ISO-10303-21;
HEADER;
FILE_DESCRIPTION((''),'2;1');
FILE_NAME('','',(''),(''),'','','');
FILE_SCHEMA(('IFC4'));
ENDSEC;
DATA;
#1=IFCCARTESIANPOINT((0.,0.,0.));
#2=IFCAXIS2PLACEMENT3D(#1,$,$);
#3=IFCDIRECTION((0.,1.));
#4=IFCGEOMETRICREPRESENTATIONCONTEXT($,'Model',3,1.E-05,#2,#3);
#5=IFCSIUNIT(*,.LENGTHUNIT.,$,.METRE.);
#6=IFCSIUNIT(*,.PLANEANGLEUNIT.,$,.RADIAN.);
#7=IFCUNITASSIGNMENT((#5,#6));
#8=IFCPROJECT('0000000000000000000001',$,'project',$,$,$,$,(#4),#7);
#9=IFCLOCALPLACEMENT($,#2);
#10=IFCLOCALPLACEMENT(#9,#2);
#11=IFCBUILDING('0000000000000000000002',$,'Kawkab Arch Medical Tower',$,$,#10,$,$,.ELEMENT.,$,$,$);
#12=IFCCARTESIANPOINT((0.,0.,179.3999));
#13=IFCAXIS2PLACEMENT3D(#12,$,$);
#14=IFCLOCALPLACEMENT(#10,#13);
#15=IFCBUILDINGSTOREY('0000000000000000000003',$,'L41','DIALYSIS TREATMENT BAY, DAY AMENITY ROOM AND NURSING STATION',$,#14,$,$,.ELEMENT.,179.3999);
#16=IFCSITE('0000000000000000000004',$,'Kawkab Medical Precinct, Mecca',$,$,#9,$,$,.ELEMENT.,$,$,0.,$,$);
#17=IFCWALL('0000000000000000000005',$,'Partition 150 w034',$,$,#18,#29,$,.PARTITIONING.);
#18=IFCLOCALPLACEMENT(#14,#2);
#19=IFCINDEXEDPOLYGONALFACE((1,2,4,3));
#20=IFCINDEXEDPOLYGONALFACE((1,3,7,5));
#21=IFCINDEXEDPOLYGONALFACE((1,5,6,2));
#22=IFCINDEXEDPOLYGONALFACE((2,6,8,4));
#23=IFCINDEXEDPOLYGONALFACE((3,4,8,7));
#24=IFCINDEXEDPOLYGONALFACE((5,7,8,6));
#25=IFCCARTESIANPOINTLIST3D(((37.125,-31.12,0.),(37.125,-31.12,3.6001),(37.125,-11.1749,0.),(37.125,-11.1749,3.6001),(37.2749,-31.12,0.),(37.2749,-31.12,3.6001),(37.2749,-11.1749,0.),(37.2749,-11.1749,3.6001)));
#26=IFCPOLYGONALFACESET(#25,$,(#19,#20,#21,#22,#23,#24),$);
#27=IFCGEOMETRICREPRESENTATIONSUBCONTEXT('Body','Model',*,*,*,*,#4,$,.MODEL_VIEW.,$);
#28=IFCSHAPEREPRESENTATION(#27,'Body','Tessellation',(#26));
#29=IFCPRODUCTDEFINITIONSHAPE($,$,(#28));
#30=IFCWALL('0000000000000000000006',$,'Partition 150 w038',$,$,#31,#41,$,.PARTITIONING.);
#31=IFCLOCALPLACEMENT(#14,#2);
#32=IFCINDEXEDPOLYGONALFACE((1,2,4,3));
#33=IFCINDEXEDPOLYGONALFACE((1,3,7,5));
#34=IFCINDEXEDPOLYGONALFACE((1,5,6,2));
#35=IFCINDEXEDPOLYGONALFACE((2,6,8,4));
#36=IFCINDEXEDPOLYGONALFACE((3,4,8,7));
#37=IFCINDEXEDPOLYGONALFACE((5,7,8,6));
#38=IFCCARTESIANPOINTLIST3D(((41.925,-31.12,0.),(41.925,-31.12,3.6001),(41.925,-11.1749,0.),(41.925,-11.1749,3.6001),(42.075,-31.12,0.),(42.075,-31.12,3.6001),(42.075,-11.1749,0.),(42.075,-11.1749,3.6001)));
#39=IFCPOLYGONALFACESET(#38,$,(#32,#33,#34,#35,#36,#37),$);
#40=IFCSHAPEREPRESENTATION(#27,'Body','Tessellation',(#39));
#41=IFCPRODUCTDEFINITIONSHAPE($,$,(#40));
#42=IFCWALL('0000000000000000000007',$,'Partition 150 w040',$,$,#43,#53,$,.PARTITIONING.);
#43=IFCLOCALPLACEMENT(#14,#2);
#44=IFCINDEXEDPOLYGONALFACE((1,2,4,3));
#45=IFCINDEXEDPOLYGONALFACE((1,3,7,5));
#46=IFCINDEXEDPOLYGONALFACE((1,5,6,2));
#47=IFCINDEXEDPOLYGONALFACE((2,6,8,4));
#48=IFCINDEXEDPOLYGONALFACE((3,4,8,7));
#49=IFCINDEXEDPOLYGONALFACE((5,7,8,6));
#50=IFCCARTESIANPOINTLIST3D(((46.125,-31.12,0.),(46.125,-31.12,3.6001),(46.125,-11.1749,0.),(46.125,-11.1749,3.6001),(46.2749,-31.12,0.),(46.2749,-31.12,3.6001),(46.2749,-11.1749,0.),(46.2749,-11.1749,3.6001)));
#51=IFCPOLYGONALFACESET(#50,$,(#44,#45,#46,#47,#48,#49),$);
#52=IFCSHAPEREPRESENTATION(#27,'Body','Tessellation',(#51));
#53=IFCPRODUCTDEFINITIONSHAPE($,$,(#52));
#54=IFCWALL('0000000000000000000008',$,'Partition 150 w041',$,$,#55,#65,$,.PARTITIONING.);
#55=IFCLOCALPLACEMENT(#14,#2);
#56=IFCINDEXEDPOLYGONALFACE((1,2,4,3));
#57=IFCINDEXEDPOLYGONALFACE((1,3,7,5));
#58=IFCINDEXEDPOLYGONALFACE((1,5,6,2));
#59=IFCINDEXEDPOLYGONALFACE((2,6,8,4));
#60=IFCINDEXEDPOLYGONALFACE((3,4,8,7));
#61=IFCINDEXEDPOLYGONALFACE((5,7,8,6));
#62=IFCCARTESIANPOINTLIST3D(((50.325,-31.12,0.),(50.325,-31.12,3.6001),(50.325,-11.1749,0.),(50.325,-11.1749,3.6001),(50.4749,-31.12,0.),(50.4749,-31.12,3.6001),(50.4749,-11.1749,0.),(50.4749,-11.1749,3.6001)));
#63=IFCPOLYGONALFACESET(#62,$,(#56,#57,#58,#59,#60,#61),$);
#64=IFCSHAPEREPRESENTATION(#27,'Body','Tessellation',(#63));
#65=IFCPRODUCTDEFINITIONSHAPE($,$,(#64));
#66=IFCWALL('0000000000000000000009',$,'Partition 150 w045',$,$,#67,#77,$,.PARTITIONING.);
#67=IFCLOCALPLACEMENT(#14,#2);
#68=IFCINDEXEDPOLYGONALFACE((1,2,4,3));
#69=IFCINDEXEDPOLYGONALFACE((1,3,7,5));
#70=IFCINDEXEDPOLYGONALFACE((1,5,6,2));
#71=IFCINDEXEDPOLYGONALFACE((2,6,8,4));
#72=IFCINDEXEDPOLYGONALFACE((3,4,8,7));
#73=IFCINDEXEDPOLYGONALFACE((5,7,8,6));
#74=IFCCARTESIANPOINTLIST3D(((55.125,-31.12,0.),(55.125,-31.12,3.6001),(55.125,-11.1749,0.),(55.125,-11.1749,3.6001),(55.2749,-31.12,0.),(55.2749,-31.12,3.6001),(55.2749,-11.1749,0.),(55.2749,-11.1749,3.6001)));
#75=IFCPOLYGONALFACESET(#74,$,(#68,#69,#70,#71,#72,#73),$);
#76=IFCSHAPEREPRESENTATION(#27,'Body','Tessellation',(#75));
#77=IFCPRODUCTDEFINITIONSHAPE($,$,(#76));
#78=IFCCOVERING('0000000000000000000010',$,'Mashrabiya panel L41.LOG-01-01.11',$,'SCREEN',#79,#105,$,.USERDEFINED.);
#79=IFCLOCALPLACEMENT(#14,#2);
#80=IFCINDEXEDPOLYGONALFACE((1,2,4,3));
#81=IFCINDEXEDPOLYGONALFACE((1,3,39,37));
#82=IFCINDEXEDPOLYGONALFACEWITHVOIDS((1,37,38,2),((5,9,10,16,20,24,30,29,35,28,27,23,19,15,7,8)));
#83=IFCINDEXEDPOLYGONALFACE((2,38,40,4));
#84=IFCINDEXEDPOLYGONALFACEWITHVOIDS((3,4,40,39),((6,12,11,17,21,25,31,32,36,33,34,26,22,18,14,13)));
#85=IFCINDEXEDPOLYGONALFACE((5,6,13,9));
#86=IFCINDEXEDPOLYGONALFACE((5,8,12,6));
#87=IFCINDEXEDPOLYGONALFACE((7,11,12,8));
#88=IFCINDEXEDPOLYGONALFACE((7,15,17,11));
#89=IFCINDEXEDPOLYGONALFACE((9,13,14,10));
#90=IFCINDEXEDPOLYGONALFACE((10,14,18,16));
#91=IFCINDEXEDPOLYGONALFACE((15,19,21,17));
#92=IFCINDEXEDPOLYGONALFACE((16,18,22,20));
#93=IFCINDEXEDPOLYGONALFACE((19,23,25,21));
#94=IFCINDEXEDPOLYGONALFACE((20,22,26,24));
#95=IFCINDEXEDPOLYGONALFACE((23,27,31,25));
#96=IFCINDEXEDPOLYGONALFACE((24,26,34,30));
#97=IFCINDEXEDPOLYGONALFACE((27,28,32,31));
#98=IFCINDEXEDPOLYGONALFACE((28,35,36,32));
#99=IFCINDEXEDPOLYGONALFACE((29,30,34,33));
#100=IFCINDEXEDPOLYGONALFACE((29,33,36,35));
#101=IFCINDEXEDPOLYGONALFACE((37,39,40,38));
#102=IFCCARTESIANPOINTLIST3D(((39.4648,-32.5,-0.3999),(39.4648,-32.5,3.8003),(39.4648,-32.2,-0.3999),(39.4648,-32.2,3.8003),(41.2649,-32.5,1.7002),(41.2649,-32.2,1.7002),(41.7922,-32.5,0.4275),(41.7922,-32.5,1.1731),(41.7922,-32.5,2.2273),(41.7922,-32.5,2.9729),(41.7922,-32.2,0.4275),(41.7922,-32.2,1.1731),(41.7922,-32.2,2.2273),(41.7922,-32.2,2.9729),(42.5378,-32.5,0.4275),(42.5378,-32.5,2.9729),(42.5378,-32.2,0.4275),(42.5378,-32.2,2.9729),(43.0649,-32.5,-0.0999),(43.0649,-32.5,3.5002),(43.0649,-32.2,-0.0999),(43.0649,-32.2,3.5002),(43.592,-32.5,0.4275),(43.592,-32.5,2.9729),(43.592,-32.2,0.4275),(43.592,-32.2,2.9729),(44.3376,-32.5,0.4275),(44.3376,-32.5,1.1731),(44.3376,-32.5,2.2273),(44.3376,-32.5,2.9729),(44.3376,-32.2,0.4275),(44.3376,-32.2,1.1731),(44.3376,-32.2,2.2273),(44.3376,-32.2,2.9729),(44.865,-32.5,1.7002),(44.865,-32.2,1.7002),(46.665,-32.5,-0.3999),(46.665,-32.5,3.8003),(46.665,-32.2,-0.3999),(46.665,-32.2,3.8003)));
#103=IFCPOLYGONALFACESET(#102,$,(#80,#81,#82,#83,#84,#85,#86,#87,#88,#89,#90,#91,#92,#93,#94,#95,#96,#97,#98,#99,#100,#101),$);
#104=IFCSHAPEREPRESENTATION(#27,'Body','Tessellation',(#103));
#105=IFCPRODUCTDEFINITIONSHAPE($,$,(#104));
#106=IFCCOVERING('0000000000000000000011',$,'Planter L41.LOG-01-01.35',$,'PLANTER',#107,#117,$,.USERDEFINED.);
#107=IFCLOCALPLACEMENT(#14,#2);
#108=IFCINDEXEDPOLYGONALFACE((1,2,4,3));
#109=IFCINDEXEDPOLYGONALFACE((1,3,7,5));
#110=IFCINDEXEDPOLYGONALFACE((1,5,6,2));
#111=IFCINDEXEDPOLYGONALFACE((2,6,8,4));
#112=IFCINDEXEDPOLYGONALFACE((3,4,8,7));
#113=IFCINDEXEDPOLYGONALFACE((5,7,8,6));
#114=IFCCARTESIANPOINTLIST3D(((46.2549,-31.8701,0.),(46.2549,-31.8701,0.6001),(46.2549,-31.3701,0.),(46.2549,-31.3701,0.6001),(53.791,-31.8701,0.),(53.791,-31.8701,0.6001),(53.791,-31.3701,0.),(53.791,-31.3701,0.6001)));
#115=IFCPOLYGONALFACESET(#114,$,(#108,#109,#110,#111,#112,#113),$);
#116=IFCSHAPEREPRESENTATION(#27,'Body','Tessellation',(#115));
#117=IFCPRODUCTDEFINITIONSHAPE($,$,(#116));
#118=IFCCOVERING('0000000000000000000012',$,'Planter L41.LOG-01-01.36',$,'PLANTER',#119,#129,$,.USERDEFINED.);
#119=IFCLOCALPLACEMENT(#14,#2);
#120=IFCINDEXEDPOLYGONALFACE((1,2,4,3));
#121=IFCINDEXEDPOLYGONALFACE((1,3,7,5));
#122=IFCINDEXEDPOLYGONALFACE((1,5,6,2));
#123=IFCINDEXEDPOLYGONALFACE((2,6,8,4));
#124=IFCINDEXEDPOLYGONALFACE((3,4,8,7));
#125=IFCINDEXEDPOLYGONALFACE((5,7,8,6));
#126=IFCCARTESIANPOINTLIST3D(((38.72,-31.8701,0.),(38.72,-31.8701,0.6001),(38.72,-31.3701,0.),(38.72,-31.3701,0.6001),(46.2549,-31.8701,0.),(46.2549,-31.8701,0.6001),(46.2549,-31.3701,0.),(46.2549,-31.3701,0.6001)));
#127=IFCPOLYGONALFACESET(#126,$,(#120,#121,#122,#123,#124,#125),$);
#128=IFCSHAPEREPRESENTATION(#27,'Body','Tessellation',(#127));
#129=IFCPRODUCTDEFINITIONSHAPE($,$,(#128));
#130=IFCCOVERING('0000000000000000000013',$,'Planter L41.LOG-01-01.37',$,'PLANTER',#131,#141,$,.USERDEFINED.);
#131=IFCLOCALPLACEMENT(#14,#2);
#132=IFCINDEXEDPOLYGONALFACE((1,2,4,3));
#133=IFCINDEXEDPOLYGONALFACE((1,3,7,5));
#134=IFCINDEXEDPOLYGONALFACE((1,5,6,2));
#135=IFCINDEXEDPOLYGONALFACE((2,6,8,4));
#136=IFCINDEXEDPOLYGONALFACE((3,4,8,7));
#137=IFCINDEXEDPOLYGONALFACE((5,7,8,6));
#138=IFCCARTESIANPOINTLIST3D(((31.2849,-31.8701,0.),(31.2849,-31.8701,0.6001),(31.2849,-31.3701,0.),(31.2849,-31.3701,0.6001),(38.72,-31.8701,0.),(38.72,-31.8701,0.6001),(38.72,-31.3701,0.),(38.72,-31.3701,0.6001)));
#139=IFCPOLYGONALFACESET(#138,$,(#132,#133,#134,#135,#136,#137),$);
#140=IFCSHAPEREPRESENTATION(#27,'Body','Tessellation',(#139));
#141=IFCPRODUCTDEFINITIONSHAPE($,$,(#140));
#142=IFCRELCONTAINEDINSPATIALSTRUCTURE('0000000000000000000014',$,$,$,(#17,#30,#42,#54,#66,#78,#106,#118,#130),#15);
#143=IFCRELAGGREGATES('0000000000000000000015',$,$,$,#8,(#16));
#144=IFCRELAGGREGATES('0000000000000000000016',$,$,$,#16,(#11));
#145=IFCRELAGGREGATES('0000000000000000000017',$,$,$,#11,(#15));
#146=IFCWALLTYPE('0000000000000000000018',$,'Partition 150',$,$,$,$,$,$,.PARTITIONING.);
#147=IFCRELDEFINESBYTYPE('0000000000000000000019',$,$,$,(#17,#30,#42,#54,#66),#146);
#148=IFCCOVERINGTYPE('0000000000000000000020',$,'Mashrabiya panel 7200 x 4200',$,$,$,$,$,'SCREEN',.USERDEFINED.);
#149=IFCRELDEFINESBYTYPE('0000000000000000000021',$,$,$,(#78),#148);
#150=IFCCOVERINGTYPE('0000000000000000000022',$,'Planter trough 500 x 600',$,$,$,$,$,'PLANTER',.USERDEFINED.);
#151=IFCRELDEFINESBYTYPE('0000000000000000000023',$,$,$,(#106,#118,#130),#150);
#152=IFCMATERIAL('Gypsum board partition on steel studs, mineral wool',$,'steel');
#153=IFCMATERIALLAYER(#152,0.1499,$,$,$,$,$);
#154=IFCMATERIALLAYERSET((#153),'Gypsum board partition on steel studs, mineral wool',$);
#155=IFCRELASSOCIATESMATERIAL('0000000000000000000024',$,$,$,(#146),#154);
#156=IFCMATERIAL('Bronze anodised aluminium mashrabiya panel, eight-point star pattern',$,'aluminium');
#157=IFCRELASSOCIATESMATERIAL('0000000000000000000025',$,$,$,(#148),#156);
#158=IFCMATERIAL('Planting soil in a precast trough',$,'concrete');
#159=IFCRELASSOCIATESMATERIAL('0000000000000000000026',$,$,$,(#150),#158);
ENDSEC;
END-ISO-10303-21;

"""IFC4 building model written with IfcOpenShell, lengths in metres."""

from ifc_helpers import new_model, si_unit, direction, frame, frame_2d, origin, origin_2d, place, context, subcontext, project, spatial, polyline, rectangle, outline, extrude, material, layer, layer_set, material_profile, profile_set, type_object, element, save


model = new_model("IFC4")

# Units and contexts
model_context = context("Model", 3, precision=1e-05, world=origin(), true_north=direction((0.0, 1.0)))
body_context = subcontext(model_context, "Body", "Model", "MODEL_VIEW")
ifc_project = project(units=[si_unit("LENGTHUNIT", "METRE"), si_unit("PLANEANGLEUNIT", "RADIAN")], contexts=[model_context])

# Site, building, storey
site_placement = place(None, origin())
site = spatial("IfcSite", under=ifc_project, at=site_placement, Name="Kawkab Medical Precinct, Mecca", CompositionType="ELEMENT", RefElevation=0.0)
building_placement = place(site_placement, origin())
building = spatial("IfcBuilding", under=site, at=building_placement, Name="Kawkab Arch Medical Tower", CompositionType="ELEMENT")
storey_placement = place(building_placement, frame((0.0, 0.0, 179.3999)))
storey = spatial("IfcBuildingStorey", under=building, at=storey_placement, Name="L41", Description="DIALYSIS TREATMENT BAY, DAY AMENITY ROOM AND NURSING STATION", CompositionType="ELEMENT", Elevation=179.3999)

# Walls
ifc_material_1 = material(Name="Gypsum board partition on steel studs, mineral wool", Category="steel")
ifc_layer_1 = layer(ifc_material_1, 0.1499)
ifc_layer_set_1 = layer_set([ifc_layer_1], Name="Gypsum board partition on steel studs, mineral wool")
wall_type = type_object("IfcWallType", Name="Partition 150", PredefinedType="PARTITIONING", material=ifc_layer_set_1)
for number, where, z_axis, x_axis, name in (
    (1, (37.2, -31.1201, 0.0), (0.0, 0.0, 1.0), (0.0, 1.0, 0.0), "Partition 150 w034"),
    (2, (42.0, -31.1201, 0.0), (0.0, 0.0, 1.0), (0.0, 1.0, 0.0), "Partition 150 w038"),
    (3, (46.2, -31.1201, 0.0), (0.0, 0.0, 1.0), (0.0, 1.0, 0.0), "Partition 150 w040"),
    (4, (50.3999, -31.1201, 0.0), (0.0, 0.0, 1.0), (0.0, 1.0, 0.0), "Partition 150 w041"),
    (5, (55.2, -31.1201, 0.0), (0.0, 0.0, 1.0), (0.0, 1.0, 0.0), "Partition 150 w045"),
):
    element("IfcWall", number, at=place(storey_placement, frame(where, z_axis=z_axis, x_axis=x_axis)), inside=storey, type_object=wall_type, Name=name, PredefinedType="PARTITIONING", context=body_context, shape_type="SweptSolid", body=[
        extrude(rectangle(XDim=19.9451, YDim=0.1499, at=frame_2d((9.9727, 0.0))), origin(), (0.0, 0.0, 1.0), 3.6001),
    ])

# Coverings
ifc_material_2 = material(Name="Bronze anodised aluminium mashrabiya panel, eight-point star pattern", Category="aluminium")
ifc_material_profile_1 = material_profile(ifc_material_2, outline(polyline([(-3.6001, -2.1001), (3.6001, -2.1001), (3.6001, 2.1001), (-3.6001, 2.1001), (-3.6001, -2.1001)]), holes=[polyline([(1.8, 0.0), (1.2727, 0.5271), (1.2727, 1.2727), (0.5271, 1.2727), (0.0, 1.8), (-0.5271, 1.2727), (-1.2727, 1.2727), (-1.2727, 0.5271), (-1.8, 0.0), (-1.2727, -0.5271), (-1.2727, -1.2727), (-0.5271, -1.2727), (0.0, -1.8), (0.5271, -1.2727), (1.2727, -1.2727), (1.2727, -0.5271), (1.8, 0.0)])]), Name="Mashrabiya panel 7200x4200")
ifc_profile_set_1 = profile_set([ifc_material_profile_1], Name="Bronze anodised aluminium mashrabiya panel, eight-point star pattern")
covering_type_1 = type_object("IfcCoveringType", Name="Mashrabiya panel 7200 x 4200", ElementType="SCREEN", PredefinedType="USERDEFINED", material=ifc_profile_set_1)
covering_1_placement = place(storey_placement, frame((43.0649, -32.2, 1.7002), z_axis=(0.0, -1.0, 0.0), x_axis=(1.0, 0.0, 0.0)))
element("IfcCovering", 6, at=covering_1_placement, inside=storey, type_object=covering_type_1, Name="Mashrabiya panel L41.LOG-01-01.11", ObjectType="SCREEN", PredefinedType="USERDEFINED", context=body_context, shape_type="SweptSolid", body=[
    extrude(outline(polyline([(-3.6001, -2.1001), (3.6001, -2.1001), (3.6001, 2.1001), (-3.6001, 2.1001), (-3.6001, -2.1001)]), holes=[polyline([(1.8, 0.0), (1.2727, 0.5271), (1.2727, 1.2727), (0.5271, 1.2727), (0.0, 1.8), (-0.5271, 1.2727), (-1.2727, 1.2727), (-1.2727, 0.5271), (-1.8, 0.0), (-1.2727, -0.5271), (-1.2727, -1.2727), (-0.5271, -1.2727), (0.0, -1.8), (0.5271, -1.2727), (1.2727, -1.2727), (1.2727, -0.5271), (1.8, 0.0)])]), origin(), (0.0, 0.0, 1.0), 0.3),
])
ifc_material_3 = material(Name="Planting soil in a precast trough", Category="concrete")
ifc_material_profile_2 = material_profile(ifc_material_3, rectangle(XDim=0.5, YDim=0.6001, at=origin_2d()), Name="Trough 500x600")
ifc_profile_set_2 = profile_set([ifc_material_profile_2], Name="Planting soil in a precast trough")
covering_type_2 = type_object("IfcCoveringType", Name="Planter trough 500 x 600", ElementType="PLANTER", PredefinedType="USERDEFINED", material=ifc_profile_set_2)
covering_2_placement = place(storey_placement, frame((53.791, -31.6201, 0.3), z_axis=(-1.0, 0.0, 0.0), x_axis=(0.0, -1.0, 0.0)))
element("IfcCovering", 7, at=covering_2_placement, inside=storey, type_object=covering_type_2, Name="Planter L41.LOG-01-01.35", ObjectType="PLANTER", PredefinedType="USERDEFINED", context=body_context, shape_type="SweptSolid", body=[
    extrude(rectangle(XDim=0.5, YDim=0.6001, at=origin_2d()), origin(), (0.0, 0.0, 1.0), 7.5361),
])
covering_3_placement = place(storey_placement, frame((46.2549, -31.6201, 0.3), z_axis=(-1.0, 0.0, 0.0), x_axis=(0.0, -1.0, 0.0)))
element("IfcCovering", 8, at=covering_3_placement, inside=storey, type_object=covering_type_2, Name="Planter L41.LOG-01-01.36", ObjectType="PLANTER", PredefinedType="USERDEFINED", context=body_context, shape_type="SweptSolid", body=[
    extrude(rectangle(XDim=0.5, YDim=0.6001, at=origin_2d()), origin(), (0.0, 0.0, 1.0), 7.5349),
])
covering_4_placement = place(storey_placement, frame((38.72, -31.6201, 0.3), z_axis=(-1.0, 0.0, 0.0), x_axis=(0.0, -1.0, 0.0)))
element("IfcCovering", 9, at=covering_4_placement, inside=storey, type_object=covering_type_2, Name="Planter L41.LOG-01-01.37", ObjectType="PLANTER", PredefinedType="USERDEFINED", context=body_context, shape_type="SweptSolid", body=[
    extrude(rectangle(XDim=0.5, YDim=0.6001, at=origin_2d()), origin(), (0.0, 0.0, 1.0), 7.4351),
])

save(model, "model.ifc")
